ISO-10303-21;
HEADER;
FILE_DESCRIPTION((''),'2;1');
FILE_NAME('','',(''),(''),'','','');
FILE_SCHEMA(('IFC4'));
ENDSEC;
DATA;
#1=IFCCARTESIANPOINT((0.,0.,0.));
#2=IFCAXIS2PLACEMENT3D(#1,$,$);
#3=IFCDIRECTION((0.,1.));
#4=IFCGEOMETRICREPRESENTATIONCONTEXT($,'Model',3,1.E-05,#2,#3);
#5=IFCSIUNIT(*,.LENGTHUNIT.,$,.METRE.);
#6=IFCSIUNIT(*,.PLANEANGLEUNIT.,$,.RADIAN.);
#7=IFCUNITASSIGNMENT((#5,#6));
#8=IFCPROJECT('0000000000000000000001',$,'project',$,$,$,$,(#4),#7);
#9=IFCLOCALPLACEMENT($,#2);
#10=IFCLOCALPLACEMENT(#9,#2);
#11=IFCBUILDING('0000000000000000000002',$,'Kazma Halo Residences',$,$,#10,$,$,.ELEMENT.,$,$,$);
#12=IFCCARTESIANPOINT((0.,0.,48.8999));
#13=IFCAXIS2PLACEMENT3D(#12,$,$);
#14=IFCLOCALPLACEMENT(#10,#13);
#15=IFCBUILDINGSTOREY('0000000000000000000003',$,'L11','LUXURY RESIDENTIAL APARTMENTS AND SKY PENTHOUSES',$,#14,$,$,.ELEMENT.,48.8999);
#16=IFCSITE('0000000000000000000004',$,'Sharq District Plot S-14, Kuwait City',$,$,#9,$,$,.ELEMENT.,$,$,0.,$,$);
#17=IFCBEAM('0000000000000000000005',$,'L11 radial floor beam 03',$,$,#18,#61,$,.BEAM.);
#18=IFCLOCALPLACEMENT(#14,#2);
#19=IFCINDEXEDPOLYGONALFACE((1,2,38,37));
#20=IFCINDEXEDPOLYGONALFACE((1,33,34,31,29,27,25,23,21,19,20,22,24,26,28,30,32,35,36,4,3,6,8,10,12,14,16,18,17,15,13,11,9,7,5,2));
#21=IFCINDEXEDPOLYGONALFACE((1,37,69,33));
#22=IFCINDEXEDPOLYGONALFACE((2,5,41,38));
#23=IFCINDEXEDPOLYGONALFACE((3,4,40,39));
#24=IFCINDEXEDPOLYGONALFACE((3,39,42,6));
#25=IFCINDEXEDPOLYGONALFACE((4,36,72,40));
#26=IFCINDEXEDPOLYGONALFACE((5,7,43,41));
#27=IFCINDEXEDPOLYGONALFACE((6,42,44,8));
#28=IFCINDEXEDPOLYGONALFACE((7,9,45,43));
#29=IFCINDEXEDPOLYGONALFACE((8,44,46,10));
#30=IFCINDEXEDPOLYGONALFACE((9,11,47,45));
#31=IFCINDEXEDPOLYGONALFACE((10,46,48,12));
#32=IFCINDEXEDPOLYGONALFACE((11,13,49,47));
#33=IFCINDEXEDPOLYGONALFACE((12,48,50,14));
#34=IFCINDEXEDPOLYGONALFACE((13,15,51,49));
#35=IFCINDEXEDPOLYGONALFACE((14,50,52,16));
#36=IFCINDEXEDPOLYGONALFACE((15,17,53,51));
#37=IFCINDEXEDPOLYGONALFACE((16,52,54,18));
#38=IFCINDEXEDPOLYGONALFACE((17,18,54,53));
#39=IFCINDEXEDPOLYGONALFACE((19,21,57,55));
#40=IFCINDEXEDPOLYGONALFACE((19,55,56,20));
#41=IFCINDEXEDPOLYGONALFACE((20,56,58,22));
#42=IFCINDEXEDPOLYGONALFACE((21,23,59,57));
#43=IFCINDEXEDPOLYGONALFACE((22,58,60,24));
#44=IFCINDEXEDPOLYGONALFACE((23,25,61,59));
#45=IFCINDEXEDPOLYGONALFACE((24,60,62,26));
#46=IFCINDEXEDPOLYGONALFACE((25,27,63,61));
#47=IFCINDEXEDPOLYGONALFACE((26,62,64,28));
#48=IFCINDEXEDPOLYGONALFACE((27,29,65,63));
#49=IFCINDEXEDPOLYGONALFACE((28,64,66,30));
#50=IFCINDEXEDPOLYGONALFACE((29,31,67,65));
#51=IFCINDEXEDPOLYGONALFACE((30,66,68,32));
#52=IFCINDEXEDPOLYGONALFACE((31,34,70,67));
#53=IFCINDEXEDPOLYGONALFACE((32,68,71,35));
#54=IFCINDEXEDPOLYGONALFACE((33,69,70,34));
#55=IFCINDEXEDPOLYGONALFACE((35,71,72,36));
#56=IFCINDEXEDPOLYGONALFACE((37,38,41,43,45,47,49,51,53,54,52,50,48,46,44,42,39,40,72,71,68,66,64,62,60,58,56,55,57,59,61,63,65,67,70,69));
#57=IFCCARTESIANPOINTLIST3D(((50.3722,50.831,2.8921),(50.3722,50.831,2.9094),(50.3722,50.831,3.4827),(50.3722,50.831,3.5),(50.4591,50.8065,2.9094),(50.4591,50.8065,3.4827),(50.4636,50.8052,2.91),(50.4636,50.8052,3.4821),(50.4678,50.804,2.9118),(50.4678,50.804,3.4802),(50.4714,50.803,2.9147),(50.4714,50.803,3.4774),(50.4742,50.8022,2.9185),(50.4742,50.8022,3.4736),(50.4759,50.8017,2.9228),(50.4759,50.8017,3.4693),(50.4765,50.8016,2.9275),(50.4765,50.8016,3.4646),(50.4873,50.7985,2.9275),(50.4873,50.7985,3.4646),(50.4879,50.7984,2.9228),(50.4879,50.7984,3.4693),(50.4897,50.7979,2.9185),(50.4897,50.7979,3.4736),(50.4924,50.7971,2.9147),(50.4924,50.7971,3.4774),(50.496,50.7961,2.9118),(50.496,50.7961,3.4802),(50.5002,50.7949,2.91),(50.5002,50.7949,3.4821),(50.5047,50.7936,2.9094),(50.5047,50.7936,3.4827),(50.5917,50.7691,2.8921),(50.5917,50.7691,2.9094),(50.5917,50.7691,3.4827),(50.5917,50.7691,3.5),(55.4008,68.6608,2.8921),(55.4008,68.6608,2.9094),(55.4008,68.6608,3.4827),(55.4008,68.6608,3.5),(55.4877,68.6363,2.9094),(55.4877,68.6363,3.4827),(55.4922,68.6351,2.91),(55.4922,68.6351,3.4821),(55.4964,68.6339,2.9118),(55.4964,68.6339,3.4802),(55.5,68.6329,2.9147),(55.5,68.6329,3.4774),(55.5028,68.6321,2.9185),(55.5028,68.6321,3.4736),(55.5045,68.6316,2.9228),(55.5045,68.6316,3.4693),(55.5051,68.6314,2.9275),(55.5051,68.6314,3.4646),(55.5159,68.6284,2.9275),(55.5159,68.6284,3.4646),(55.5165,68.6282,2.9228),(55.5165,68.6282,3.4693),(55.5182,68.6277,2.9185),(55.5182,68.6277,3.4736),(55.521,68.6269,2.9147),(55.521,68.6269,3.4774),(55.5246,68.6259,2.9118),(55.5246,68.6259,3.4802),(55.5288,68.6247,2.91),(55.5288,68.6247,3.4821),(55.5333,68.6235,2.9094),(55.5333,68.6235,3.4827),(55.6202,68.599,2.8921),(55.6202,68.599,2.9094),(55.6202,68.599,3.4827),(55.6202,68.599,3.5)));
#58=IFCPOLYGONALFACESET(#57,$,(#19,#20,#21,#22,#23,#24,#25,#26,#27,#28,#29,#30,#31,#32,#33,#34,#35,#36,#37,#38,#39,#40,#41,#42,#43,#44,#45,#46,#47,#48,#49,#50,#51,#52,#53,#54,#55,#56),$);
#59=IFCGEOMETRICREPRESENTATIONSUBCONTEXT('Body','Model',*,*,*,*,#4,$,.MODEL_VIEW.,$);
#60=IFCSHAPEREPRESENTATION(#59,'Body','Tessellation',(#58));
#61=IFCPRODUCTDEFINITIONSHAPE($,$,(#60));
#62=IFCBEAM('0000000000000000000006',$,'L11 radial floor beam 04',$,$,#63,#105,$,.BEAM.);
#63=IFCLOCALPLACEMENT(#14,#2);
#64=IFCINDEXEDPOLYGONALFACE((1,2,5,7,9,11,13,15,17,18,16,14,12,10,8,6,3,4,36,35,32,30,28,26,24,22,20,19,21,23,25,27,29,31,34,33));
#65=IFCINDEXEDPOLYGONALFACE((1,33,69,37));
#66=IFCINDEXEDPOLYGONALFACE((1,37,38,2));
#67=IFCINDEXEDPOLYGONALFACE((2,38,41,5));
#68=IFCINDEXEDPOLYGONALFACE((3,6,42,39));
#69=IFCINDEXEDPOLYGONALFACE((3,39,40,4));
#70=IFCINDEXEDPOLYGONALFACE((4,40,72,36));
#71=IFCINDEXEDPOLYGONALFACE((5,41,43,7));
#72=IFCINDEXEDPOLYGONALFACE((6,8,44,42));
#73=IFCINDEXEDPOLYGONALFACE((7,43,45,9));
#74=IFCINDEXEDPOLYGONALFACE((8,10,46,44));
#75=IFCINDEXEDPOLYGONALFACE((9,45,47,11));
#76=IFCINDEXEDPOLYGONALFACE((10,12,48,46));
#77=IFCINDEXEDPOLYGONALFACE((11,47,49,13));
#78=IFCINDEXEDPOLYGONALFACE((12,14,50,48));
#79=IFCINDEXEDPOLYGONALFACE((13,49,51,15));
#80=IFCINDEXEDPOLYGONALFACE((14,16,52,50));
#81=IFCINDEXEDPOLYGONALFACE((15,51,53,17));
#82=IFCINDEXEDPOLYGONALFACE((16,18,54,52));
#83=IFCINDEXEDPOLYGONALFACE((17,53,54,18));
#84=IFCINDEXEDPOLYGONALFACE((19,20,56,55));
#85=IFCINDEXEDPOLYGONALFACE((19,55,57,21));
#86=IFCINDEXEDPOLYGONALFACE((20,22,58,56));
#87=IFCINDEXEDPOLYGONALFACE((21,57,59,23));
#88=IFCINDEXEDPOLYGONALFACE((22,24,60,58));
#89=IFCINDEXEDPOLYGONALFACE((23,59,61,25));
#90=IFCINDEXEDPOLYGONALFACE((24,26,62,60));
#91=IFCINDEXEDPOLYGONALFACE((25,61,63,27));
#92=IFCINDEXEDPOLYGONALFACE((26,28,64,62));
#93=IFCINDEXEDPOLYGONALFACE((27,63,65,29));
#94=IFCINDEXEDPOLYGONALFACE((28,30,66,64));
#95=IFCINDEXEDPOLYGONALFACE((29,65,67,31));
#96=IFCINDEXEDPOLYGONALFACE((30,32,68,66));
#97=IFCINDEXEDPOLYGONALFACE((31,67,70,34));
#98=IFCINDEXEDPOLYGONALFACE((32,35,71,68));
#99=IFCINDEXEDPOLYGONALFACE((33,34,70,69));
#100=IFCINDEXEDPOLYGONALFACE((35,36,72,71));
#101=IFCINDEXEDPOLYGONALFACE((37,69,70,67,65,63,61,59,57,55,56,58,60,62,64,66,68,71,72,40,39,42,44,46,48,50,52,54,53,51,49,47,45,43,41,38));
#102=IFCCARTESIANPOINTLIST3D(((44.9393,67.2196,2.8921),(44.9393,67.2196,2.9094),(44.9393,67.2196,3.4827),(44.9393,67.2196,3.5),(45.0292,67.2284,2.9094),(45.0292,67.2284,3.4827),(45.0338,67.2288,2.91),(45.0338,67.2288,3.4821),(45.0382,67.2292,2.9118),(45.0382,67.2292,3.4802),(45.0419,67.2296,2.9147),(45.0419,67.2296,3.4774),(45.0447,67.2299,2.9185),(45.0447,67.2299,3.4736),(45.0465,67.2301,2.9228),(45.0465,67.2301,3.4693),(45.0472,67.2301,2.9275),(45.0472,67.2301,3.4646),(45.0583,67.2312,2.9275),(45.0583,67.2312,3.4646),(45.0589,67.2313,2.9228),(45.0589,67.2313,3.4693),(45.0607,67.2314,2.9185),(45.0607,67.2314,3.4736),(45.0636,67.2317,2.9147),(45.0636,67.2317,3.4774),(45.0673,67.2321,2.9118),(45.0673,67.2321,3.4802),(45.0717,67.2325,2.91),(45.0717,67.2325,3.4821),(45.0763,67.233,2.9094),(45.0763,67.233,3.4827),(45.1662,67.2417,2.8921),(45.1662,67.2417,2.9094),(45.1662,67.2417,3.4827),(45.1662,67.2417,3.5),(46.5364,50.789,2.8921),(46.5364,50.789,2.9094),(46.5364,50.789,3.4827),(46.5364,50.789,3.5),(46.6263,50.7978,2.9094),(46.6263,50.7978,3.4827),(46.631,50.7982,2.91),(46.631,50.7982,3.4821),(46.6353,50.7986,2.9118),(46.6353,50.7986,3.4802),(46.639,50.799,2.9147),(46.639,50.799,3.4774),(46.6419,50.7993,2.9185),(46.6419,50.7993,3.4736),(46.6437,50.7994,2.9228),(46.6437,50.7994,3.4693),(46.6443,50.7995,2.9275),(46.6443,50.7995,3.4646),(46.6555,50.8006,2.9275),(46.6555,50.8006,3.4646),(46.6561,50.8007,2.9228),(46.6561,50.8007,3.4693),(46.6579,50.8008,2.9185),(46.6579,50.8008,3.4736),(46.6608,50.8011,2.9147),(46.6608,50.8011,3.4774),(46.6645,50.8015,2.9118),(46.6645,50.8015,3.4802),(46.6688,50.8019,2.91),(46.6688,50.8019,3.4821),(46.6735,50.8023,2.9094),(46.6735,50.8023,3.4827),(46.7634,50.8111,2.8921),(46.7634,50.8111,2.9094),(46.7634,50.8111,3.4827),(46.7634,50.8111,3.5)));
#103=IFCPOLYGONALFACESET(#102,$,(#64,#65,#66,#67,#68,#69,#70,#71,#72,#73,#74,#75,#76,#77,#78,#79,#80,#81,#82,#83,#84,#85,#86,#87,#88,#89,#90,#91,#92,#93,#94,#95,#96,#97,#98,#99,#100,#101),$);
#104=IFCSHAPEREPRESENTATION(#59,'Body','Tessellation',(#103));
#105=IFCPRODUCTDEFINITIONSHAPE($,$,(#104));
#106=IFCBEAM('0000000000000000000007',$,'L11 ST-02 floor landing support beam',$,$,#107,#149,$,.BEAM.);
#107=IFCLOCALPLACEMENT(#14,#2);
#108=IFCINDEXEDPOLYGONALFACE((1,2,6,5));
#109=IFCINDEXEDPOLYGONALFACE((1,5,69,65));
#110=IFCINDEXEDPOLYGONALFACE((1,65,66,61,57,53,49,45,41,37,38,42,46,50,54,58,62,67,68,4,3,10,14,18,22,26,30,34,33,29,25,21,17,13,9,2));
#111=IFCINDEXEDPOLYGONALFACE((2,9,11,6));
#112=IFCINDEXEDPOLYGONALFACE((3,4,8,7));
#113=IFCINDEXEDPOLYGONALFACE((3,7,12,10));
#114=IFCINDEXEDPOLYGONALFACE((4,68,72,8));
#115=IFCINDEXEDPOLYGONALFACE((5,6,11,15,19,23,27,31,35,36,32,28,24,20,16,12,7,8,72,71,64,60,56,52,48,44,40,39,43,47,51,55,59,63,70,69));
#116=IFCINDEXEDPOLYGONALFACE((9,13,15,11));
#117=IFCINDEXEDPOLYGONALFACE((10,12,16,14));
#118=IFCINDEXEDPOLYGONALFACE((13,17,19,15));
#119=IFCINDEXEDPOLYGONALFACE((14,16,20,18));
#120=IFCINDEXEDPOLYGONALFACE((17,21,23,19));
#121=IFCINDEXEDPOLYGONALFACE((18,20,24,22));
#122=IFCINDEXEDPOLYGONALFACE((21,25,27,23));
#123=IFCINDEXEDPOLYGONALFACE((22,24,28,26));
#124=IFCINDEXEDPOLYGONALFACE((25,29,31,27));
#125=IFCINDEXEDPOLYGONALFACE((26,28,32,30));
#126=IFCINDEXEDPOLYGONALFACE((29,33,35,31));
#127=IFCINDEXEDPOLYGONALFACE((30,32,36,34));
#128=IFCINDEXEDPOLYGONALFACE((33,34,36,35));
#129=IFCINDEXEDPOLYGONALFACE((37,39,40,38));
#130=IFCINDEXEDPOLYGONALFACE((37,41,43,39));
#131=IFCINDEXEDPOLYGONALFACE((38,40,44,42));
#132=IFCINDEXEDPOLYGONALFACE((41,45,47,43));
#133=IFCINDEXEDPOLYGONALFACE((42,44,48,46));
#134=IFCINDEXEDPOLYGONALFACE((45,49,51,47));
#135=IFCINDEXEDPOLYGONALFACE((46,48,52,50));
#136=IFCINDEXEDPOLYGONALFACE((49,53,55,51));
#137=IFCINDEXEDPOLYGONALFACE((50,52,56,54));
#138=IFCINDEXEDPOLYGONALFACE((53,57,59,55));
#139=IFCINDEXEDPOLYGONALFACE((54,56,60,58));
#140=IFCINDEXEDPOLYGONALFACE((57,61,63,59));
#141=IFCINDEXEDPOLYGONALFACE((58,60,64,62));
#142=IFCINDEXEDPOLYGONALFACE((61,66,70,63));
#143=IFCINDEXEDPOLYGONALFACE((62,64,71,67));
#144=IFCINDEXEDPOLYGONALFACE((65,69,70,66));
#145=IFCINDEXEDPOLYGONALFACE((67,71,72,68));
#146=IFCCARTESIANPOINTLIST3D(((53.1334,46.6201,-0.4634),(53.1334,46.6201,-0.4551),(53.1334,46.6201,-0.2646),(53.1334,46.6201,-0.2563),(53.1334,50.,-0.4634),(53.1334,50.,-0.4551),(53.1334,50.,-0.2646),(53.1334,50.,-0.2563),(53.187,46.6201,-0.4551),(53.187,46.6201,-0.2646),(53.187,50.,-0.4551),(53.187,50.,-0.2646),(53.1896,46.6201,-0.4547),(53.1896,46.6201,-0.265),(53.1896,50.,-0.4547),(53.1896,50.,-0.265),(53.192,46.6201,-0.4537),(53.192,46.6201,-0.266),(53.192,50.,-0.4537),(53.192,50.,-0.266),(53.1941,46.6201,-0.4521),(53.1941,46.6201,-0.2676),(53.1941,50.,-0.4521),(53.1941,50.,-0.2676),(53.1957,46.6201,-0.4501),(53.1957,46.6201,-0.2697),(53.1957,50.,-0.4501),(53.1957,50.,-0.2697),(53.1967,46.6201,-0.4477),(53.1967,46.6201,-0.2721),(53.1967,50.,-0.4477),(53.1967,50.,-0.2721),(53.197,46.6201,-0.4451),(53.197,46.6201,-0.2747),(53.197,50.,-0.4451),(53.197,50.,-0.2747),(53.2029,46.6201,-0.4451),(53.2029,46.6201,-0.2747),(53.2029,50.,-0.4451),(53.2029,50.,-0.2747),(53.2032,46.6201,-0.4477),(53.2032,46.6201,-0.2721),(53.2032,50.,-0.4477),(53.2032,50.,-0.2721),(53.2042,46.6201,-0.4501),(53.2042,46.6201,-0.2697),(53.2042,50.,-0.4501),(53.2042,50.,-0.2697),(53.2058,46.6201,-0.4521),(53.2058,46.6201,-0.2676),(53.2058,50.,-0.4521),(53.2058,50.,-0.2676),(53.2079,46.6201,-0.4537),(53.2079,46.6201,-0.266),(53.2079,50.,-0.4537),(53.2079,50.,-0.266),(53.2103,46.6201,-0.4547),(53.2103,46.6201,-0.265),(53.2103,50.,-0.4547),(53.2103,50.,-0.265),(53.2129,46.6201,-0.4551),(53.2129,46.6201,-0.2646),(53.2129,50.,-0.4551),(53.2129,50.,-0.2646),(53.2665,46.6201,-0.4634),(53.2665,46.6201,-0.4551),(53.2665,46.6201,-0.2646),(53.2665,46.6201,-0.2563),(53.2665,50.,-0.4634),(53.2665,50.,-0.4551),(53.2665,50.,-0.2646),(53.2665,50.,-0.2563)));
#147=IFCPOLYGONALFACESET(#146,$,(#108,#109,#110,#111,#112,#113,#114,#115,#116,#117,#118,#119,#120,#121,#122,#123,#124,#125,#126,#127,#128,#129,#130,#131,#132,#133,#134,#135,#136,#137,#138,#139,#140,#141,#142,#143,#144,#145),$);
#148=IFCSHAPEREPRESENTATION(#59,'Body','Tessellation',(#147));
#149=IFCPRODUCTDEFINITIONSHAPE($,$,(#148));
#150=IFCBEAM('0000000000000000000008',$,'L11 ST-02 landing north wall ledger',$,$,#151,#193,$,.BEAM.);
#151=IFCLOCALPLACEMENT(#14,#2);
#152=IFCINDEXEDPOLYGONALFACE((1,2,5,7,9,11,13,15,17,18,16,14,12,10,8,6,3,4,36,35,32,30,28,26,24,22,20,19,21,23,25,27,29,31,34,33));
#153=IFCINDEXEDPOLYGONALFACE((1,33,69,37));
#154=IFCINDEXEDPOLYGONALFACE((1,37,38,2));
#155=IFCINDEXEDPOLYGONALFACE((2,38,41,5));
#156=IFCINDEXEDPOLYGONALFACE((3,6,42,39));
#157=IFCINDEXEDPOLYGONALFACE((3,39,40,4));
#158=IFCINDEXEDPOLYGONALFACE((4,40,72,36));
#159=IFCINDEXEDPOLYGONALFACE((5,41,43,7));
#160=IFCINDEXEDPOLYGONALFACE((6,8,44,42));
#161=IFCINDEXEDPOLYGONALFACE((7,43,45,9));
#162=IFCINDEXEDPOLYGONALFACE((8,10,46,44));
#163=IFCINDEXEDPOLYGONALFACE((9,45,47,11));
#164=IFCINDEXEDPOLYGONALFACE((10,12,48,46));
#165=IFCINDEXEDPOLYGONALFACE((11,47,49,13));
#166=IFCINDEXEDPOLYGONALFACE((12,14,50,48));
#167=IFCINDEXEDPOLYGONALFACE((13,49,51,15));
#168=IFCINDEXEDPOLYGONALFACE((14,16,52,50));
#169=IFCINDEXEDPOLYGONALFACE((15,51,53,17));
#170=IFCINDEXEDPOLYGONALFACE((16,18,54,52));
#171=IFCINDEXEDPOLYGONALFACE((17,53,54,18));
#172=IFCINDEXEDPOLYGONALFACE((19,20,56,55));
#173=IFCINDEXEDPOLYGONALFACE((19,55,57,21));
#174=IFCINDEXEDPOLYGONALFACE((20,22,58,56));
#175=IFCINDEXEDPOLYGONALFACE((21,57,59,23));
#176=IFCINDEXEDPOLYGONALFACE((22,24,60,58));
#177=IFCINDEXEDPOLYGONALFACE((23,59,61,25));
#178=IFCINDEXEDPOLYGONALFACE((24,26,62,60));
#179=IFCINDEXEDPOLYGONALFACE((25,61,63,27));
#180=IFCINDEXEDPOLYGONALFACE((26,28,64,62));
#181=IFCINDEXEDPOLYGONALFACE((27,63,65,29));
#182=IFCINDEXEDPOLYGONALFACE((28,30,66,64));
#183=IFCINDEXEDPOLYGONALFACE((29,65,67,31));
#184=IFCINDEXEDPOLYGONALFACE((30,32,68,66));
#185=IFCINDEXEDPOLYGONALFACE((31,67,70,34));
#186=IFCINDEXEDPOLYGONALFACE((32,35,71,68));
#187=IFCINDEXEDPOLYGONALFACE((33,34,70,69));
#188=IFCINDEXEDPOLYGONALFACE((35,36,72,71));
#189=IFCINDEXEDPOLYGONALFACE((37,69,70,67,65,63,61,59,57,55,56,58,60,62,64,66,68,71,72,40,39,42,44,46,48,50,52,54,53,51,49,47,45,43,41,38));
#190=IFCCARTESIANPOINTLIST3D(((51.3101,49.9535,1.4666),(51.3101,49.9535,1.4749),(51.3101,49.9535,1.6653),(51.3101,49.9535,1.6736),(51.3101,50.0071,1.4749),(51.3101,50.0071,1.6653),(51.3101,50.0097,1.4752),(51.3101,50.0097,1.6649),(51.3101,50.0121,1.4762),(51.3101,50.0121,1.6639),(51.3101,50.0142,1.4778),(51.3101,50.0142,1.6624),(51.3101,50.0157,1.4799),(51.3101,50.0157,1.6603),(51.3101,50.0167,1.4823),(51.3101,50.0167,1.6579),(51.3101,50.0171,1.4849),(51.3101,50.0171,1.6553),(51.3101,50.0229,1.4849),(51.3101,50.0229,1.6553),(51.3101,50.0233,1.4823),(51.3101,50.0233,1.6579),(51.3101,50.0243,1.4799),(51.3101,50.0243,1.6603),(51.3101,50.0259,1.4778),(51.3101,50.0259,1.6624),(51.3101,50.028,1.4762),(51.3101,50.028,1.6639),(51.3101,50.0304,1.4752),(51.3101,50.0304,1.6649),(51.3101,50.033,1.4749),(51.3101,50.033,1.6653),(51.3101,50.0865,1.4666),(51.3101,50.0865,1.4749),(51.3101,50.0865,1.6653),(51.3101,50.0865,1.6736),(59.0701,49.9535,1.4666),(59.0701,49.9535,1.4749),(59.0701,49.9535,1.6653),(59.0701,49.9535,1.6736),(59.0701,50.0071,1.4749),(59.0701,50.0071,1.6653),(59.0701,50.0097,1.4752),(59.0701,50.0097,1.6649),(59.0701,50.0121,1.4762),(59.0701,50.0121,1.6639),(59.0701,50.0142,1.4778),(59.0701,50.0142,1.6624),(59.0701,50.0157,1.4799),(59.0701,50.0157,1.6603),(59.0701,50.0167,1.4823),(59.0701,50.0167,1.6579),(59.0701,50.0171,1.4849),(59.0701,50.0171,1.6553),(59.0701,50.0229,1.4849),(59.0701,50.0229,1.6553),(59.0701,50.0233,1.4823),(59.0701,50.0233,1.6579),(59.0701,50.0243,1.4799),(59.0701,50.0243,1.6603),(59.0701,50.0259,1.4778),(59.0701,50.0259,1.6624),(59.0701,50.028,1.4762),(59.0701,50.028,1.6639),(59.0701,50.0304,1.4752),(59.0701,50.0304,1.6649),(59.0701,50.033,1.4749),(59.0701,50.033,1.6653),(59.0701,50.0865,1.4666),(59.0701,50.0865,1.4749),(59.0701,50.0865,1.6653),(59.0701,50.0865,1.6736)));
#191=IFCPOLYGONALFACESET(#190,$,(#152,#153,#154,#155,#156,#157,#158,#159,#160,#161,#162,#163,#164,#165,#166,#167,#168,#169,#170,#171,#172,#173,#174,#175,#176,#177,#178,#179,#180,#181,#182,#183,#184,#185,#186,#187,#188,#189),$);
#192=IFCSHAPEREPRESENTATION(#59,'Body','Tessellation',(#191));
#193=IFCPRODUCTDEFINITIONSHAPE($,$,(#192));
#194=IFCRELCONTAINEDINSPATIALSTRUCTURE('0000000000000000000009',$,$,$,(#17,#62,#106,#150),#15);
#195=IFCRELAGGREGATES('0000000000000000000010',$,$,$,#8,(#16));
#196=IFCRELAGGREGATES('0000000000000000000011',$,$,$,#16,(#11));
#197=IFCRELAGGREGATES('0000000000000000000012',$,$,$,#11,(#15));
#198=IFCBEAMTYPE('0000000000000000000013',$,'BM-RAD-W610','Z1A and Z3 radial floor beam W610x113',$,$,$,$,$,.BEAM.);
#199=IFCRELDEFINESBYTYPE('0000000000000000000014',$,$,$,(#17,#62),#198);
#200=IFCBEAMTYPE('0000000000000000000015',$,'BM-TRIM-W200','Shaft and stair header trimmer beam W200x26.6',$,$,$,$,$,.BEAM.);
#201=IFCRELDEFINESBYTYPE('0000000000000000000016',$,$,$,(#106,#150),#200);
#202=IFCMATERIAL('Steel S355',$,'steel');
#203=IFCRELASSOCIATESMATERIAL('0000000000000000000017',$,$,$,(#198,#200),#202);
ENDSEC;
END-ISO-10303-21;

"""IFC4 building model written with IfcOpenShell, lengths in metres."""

from ifc_helpers import new_model, si_unit, direction, frame, origin, origin_2d, place, context, subcontext, project, spatial, i_section, extrude, material, material_profile, profile_set, type_object, element, save


model = new_model("IFC4")

# Units and contexts
model_context = context("Model", 3, precision=1e-05, world=origin(), true_north=direction((0.0, 1.0)))
body_context = subcontext(model_context, "Body", "Model", "MODEL_VIEW")
ifc_project = project(units=[si_unit("LENGTHUNIT", "METRE"), si_unit("PLANEANGLEUNIT", "RADIAN")], contexts=[model_context])

# Site, building, storey
site_placement = place(None, origin())
site = spatial("IfcSite", under=ifc_project, at=site_placement, Name="Sharq District Plot S-14, Kuwait City", CompositionType="ELEMENT", RefElevation=0.0)
building_placement = place(site_placement, origin())
building = spatial("IfcBuilding", under=site, at=building_placement, Name="Kazma Halo Residences", CompositionType="ELEMENT")
storey_placement = place(building_placement, frame((0.0, 0.0, 48.8999)))
storey = spatial("IfcBuildingStorey", under=building, at=storey_placement, Name="L11", Description="LUXURY RESIDENTIAL APARTMENTS AND SKY PENTHOUSES", CompositionType="ELEMENT", Elevation=48.8999)

# Shared definitions
ifc_material_1 = material(Name="Steel S355", Category="steel")

# Beams
ifc_material_profile_1 = material_profile(ifc_material_1, i_section(OverallWidth=0.228, OverallDepth=0.6079, WebThickness=0.0112, FlangeThickness=0.0173, FilletRadius=0.0181, at=origin_2d()), Name="W610x113")
ifc_profile_set_1 = profile_set([ifc_material_profile_1], Name="Steel S355")
beam_type_1 = type_object("IfcBeamType", Name="BM-RAD-W610", Description="Z1A and Z3 radial floor beam W610x113", PredefinedType="BEAM", material=ifc_profile_set_1)
beam_1_placement = place(storey_placement, frame((50.4819, 50.8, 3.196), z_axis=(0.271442, 0.962455, 0.0), x_axis=(-0.962455, 0.271442, 0.0)))
element("IfcBeam", 1, at=beam_1_placement, inside=storey, type_object=beam_type_1, Name="L11 radial floor beam 03", PredefinedType="BEAM", context=body_context, shape_type="SweptSolid", body=[
    extrude(i_section(OverallWidth=0.228, OverallDepth=0.6079, WebThickness=0.0112, FlangeThickness=0.0173, FilletRadius=0.0181, at=origin_2d()), origin(), (0.0, 0.0, 1.0), 18.5254),
])
beam_2_placement = place(storey_placement, frame((46.6499, 50.8, 3.196), z_axis=(-0.096751, 0.995309, 0.0), x_axis=(-0.995309, -0.096751, 0.0)))
element("IfcBeam", 2, at=beam_2_placement, inside=storey, type_object=beam_type_1, Name="L11 radial floor beam 04", PredefinedType="BEAM", context=body_context, shape_type="SweptSolid", body=[
    extrude(i_section(OverallWidth=0.228, OverallDepth=0.6079, WebThickness=0.0112, FlangeThickness=0.0173, FilletRadius=0.0181, at=origin_2d()), origin(), (0.0, 0.0, 1.0), 16.5081),
])
ifc_material_profile_2 = material_profile(ifc_material_1, i_section(OverallWidth=0.1331, OverallDepth=0.207, WebThickness=0.0059, FlangeThickness=0.0083, FilletRadius=0.01, at=origin_2d()), Name="W200x26.6")
ifc_profile_set_2 = profile_set([ifc_material_profile_2], Name="Steel S355")
beam_type_2 = type_object("IfcBeamType", Name="BM-TRIM-W200", Description="Shaft and stair header trimmer beam W200x26.6", PredefinedType="BEAM", material=ifc_profile_set_2)
beam_3_placement = place(storey_placement, frame((53.2, 46.6201, -0.3599), z_axis=(0.0, 1.0, 0.0), x_axis=(-1.0, 0.0, 0.0)))
element("IfcBeam", 3, at=beam_3_placement, inside=storey, type_object=beam_type_2, Name="L11 ST-02 floor landing support beam", PredefinedType="BEAM", context=body_context, shape_type="SweptSolid", body=[
    extrude(i_section(OverallWidth=0.1331, OverallDepth=0.207, WebThickness=0.0059, FlangeThickness=0.0083, FilletRadius=0.01, at=origin_2d()), origin(), (0.0, 0.0, 1.0), 3.3799),
])
beam_4_placement = place(storey_placement, frame((51.3101, 50.02, 1.5701), z_axis=(1.0, 0.0, 0.0), x_axis=(0.0, 1.0, 0.0)))
element("IfcBeam", 4, at=beam_4_placement, inside=storey, type_object=beam_type_2, Name="L11 ST-02 landing north wall ledger", PredefinedType="BEAM", context=body_context, shape_type="SweptSolid", body=[
    extrude(i_section(OverallWidth=0.1331, OverallDepth=0.207, WebThickness=0.0059, FlangeThickness=0.0083, FilletRadius=0.01, at=origin_2d()), origin(), (0.0, 0.0, 1.0), 7.76),
])

save(model, "model.ifc")
